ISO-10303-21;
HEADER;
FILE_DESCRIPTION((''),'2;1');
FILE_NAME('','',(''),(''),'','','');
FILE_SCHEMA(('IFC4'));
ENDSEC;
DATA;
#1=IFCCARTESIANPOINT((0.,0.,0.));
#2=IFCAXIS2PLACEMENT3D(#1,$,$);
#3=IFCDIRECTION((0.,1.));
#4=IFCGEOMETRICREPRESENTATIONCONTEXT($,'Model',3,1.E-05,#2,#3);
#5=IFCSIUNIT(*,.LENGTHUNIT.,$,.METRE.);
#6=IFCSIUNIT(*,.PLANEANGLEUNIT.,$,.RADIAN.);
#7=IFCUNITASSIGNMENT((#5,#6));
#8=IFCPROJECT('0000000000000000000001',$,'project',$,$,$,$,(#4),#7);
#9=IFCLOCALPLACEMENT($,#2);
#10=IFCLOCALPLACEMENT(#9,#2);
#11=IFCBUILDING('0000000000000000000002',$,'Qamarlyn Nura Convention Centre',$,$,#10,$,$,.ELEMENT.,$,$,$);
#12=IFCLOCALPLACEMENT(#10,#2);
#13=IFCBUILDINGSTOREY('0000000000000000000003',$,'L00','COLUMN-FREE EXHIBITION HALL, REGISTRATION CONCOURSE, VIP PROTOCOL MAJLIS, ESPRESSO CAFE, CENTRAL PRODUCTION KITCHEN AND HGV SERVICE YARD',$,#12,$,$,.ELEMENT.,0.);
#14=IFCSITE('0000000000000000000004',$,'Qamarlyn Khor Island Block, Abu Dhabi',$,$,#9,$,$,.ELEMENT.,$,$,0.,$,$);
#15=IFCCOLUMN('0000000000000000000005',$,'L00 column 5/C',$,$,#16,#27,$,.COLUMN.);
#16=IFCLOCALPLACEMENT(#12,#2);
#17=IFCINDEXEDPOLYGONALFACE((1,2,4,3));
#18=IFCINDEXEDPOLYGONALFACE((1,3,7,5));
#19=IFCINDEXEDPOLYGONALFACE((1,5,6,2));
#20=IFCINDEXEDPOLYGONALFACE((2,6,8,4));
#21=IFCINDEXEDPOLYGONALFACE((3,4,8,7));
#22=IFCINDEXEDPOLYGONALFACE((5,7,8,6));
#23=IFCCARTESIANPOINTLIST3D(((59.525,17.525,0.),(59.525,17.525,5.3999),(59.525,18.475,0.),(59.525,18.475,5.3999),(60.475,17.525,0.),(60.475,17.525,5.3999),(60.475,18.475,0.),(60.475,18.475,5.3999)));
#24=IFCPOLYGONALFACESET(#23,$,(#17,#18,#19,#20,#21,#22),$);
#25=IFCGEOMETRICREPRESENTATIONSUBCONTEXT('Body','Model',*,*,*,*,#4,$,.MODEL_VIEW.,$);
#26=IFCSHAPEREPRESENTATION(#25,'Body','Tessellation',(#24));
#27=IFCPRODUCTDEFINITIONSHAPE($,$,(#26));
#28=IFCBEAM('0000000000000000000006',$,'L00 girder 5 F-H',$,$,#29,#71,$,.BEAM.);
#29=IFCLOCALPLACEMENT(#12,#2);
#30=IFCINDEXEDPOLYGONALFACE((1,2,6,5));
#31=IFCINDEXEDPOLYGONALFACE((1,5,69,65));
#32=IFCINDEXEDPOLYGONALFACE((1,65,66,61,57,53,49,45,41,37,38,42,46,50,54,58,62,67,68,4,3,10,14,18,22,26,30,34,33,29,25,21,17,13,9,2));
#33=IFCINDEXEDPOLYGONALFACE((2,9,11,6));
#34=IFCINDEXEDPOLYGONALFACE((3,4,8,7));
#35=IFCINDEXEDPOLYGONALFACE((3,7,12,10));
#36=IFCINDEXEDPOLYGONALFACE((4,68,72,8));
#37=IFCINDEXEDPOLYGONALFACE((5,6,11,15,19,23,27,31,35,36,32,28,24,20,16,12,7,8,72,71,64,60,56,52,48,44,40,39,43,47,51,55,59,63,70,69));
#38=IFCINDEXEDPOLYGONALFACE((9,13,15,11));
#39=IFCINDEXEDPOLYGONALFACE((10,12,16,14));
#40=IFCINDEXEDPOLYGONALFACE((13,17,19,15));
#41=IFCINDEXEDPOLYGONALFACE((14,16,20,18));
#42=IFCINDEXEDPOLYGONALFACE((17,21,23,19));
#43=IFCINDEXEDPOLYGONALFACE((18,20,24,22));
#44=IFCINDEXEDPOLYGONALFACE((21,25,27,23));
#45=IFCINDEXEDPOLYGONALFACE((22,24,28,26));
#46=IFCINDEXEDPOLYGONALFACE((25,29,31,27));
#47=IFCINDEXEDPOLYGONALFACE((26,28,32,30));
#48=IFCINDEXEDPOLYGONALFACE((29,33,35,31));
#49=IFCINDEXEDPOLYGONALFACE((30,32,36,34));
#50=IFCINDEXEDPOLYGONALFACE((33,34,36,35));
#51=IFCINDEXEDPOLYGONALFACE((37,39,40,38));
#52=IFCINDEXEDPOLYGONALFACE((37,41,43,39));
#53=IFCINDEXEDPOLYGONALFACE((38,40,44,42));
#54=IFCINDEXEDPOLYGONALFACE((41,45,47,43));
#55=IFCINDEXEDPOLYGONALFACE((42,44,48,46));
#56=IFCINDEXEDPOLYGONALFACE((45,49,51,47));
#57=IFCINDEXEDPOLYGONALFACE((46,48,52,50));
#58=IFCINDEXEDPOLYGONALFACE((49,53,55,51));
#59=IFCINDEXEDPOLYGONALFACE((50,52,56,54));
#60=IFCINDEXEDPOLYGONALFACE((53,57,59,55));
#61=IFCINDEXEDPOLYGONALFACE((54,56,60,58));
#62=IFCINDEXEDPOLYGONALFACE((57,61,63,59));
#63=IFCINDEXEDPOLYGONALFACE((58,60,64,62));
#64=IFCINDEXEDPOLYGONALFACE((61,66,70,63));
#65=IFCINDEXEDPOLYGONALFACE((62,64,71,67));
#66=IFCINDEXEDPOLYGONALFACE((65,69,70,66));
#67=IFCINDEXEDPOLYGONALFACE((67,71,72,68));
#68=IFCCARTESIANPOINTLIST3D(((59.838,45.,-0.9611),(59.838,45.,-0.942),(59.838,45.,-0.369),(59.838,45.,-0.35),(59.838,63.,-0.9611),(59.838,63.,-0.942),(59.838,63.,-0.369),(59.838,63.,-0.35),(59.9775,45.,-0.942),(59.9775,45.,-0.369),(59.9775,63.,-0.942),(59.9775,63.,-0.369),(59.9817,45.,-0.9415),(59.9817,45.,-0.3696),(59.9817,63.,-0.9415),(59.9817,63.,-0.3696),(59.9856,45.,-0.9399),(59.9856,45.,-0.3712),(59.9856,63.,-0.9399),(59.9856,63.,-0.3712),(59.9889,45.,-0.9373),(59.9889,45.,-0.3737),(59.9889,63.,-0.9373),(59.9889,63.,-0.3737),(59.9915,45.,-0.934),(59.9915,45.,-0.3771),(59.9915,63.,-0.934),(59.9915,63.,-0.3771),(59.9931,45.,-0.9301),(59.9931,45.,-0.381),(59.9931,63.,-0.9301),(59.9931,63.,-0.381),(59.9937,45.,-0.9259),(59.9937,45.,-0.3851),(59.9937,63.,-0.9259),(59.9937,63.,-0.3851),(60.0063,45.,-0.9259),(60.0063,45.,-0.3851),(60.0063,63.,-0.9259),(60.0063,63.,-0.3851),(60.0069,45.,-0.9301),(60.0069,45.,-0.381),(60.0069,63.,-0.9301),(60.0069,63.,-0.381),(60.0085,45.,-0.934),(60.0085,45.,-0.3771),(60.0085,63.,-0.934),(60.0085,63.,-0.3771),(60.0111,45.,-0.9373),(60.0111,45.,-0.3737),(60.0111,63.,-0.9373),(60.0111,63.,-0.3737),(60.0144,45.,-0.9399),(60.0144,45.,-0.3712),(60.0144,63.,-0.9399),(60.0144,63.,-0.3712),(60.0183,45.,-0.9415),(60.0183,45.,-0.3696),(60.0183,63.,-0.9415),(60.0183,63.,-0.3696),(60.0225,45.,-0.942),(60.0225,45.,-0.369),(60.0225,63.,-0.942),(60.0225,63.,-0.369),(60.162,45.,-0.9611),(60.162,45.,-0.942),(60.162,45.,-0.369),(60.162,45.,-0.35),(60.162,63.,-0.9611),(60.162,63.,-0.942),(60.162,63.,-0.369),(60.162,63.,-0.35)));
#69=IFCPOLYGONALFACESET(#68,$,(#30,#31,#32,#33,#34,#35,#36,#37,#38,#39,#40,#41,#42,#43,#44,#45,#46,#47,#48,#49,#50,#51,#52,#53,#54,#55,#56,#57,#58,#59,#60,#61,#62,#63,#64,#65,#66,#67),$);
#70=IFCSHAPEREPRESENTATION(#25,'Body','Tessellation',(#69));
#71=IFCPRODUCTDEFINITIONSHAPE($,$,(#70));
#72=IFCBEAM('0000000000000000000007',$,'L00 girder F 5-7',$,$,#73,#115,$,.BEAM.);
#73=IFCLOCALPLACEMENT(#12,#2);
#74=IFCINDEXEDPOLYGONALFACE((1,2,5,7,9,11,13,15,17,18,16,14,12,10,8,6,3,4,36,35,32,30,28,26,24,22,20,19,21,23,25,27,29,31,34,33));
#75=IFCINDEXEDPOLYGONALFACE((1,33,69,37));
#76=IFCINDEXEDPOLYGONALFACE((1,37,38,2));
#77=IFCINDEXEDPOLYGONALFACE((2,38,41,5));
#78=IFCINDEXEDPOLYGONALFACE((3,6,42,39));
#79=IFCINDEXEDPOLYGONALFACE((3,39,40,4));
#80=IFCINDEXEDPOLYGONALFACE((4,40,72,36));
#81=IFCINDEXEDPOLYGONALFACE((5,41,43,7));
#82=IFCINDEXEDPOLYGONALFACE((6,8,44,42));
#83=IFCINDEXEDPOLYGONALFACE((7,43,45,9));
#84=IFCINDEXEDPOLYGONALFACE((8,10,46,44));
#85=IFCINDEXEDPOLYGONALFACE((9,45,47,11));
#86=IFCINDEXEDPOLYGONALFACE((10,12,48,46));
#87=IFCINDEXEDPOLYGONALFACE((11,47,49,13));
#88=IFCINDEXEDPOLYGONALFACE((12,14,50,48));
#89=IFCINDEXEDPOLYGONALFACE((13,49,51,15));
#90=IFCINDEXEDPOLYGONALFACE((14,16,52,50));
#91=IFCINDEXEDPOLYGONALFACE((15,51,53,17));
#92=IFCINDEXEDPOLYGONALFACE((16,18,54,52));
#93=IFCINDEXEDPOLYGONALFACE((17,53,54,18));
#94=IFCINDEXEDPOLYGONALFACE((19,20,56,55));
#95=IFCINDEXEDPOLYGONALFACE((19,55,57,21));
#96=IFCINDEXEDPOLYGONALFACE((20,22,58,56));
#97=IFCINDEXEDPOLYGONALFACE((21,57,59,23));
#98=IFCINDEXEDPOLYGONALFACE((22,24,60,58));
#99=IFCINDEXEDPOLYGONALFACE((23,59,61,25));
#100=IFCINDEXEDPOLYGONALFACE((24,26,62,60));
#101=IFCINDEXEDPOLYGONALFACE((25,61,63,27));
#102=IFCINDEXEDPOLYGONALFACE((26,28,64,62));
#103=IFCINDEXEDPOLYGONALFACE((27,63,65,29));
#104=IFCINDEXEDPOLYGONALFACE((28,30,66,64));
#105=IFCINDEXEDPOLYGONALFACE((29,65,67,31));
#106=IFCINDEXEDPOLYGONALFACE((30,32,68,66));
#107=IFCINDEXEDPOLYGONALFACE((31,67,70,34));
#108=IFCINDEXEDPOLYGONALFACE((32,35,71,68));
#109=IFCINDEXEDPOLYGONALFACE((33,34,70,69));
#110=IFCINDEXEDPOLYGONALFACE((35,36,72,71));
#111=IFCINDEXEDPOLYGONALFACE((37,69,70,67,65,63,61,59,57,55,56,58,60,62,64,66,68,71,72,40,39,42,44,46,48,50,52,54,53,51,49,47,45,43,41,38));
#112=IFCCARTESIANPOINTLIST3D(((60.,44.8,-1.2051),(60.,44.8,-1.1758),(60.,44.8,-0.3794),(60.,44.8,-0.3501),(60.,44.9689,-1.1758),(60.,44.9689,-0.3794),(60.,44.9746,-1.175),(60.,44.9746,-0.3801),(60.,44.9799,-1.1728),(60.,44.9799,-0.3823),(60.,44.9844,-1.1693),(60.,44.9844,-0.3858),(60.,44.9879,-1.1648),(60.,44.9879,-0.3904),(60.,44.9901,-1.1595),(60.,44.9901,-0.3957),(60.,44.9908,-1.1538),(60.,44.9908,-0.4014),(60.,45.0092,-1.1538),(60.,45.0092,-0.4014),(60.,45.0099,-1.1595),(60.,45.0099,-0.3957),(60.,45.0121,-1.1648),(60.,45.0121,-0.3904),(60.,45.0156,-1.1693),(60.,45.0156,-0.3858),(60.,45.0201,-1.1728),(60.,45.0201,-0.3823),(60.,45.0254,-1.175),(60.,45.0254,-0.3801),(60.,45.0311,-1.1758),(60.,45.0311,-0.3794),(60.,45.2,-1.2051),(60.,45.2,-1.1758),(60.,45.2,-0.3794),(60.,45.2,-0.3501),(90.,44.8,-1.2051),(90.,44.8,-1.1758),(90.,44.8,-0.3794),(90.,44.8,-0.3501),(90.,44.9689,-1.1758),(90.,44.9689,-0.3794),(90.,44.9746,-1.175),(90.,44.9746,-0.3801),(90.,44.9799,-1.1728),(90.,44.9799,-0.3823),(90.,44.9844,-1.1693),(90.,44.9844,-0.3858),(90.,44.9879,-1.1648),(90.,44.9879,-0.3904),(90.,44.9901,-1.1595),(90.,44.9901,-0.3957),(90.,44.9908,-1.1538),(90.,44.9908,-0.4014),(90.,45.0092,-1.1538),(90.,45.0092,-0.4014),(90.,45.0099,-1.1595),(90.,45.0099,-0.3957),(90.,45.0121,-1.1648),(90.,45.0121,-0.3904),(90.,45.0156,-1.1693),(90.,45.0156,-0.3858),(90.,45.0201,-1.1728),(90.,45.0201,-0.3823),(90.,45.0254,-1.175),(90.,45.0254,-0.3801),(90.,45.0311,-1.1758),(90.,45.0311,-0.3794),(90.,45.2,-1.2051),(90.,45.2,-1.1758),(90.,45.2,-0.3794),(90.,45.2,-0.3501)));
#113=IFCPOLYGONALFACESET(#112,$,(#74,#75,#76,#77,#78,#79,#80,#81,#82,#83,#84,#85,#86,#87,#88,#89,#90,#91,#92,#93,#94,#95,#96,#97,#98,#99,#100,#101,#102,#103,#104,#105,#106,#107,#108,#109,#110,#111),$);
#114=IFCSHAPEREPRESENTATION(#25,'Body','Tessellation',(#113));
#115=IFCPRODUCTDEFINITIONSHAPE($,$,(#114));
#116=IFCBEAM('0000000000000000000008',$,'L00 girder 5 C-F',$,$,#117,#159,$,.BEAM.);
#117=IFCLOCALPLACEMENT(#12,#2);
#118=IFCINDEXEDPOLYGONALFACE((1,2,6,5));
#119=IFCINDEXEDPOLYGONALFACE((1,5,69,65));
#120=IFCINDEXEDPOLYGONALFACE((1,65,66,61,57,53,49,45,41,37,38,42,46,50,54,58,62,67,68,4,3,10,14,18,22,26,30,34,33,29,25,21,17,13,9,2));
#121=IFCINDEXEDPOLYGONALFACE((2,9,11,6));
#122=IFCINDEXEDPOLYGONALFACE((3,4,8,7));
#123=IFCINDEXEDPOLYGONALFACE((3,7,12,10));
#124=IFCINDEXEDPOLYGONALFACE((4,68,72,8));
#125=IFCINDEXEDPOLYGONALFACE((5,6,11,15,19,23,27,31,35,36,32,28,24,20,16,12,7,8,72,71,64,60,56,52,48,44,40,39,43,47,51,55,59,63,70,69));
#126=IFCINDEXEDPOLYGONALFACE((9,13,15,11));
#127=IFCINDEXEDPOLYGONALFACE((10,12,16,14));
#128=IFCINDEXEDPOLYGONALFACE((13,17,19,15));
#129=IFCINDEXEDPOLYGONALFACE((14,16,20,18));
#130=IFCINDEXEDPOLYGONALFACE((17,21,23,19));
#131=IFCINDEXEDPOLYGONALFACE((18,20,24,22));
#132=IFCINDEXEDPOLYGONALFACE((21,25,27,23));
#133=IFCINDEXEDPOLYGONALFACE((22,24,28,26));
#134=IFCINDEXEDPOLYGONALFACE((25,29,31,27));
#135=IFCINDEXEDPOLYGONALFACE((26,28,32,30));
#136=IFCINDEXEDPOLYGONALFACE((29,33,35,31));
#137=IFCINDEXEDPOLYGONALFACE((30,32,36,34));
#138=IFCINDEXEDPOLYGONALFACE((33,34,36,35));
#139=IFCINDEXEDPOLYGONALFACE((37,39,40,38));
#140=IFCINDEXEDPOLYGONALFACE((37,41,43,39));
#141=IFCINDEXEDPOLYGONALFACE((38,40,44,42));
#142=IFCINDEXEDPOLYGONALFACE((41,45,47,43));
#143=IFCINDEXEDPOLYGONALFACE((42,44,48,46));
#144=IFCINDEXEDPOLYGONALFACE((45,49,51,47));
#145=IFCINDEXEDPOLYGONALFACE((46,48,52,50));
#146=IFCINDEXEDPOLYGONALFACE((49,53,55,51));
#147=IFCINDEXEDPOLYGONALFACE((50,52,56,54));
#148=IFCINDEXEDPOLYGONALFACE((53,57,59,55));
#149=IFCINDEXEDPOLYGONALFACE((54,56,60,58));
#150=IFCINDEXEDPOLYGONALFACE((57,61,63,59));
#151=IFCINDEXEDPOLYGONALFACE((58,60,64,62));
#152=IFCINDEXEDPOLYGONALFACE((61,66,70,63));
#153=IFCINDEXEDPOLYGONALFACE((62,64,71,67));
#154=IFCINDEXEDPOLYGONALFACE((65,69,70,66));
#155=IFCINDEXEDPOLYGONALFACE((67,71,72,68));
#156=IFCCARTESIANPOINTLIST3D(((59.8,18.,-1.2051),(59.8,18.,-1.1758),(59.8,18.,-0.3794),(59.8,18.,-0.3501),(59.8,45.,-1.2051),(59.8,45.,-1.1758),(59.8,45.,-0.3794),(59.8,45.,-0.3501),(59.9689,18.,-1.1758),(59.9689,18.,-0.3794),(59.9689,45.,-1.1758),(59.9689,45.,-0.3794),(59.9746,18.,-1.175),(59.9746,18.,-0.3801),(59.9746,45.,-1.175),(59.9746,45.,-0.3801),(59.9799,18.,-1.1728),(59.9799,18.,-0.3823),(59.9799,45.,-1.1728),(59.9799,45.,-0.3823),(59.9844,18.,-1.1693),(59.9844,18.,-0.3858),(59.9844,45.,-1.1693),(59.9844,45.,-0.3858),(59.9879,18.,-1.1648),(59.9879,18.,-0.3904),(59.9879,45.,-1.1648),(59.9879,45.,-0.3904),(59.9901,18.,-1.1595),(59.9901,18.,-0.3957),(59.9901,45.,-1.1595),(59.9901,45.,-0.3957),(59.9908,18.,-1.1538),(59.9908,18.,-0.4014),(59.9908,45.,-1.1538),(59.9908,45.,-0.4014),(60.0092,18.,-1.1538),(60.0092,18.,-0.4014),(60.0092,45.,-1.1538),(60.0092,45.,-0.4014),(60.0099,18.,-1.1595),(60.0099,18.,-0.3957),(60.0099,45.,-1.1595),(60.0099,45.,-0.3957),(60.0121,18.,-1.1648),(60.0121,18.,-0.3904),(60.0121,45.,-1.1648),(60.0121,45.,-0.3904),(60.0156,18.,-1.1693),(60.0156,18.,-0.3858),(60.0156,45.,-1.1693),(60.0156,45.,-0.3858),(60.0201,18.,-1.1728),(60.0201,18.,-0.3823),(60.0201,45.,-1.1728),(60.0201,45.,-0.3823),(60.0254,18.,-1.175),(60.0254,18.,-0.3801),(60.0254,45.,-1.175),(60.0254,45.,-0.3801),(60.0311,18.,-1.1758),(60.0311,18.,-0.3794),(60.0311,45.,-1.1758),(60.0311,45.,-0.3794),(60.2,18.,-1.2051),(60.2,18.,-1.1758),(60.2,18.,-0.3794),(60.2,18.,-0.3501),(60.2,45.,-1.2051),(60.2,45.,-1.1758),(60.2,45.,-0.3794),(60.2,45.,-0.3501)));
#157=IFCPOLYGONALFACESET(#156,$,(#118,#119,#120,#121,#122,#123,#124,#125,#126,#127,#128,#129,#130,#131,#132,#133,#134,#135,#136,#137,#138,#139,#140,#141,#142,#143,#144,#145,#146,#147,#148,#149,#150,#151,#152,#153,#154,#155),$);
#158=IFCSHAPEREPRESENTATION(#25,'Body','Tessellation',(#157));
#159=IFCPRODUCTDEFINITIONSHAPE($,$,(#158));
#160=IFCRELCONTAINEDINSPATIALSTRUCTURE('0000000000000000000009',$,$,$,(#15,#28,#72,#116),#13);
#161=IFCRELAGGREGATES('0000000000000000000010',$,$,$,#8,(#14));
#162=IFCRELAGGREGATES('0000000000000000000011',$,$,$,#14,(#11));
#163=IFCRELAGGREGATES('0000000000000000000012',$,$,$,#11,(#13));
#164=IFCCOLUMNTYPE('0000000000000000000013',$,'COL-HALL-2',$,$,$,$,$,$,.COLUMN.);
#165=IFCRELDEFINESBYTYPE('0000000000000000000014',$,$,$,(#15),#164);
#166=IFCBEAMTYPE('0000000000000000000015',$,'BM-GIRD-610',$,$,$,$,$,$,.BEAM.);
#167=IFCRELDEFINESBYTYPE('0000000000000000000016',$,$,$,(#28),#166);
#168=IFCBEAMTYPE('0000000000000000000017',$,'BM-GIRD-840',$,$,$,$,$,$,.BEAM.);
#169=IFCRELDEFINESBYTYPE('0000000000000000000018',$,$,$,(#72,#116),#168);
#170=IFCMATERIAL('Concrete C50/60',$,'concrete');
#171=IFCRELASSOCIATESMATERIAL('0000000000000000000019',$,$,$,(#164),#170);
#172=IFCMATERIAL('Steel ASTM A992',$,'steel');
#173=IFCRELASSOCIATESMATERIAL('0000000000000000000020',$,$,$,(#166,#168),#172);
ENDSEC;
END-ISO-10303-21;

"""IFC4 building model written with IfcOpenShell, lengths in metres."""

from ifc_helpers import new_model, si_unit, direction, frame, origin, origin_2d, place, context, subcontext, project, spatial, rectangle, i_section, extrude, material, material_profile, profile_set, type_object, element, save


model = new_model("IFC4")

# Units and contexts
model_context = context("Model", 3, precision=1e-05, world=origin(), true_north=direction((0.0, 1.0)))
body_context = subcontext(model_context, "Body", "Model", "MODEL_VIEW")
ifc_project = project(units=[si_unit("LENGTHUNIT", "METRE"), si_unit("PLANEANGLEUNIT", "RADIAN")], contexts=[model_context])

# Site, building, storey
site_placement = place(None, origin())
site = spatial("IfcSite", under=ifc_project, at=site_placement, Name="Qamarlyn Khor Island Block, Abu Dhabi", CompositionType="ELEMENT", RefElevation=0.0)
building_placement = place(site_placement, origin())
building = spatial("IfcBuilding", under=site, at=building_placement, Name="Qamarlyn Nura Convention Centre", CompositionType="ELEMENT")
storey_placement = place(building_placement, origin())
storey = spatial("IfcBuildingStorey", under=building, at=storey_placement, Name="L00", Description="COLUMN-FREE EXHIBITION HALL, REGISTRATION CONCOURSE, VIP PROTOCOL MAJLIS, ESPRESSO CAFE, CENTRAL PRODUCTION KITCHEN AND HGV SERVICE YARD", CompositionType="ELEMENT", Elevation=0.0)

# Column
ifc_material_1 = material(Name="Concrete C50/60", Category="concrete")
ifc_material_profile_1 = material_profile(ifc_material_1, rectangle(XDim=0.95, YDim=0.95, at=origin_2d()), Name="RC 950x950")
ifc_profile_set_1 = profile_set([ifc_material_profile_1], Name="Concrete C50/60")
column_type = type_object("IfcColumnType", Name="COL-HALL-2", PredefinedType="COLUMN", material=ifc_profile_set_1)
column_placement = place(storey_placement, frame((60.0, 18.0, 0.0), z_axis=(0.0, 0.0, 1.0), x_axis=(1.0, 0.0, 0.0)))
element("IfcColumn", 1, at=column_placement, inside=storey, type_object=column_type, Name="L00 column 5/C", PredefinedType="COLUMN", context=body_context, shape_type="SweptSolid", body=[
    extrude(rectangle(XDim=0.95, YDim=0.95, at=origin_2d()), origin(), (0.0, 0.0, 1.0), 5.3999),
])

# Beams
ifc_material_2 = material(Name="Steel ASTM A992", Category="steel")
ifc_material_profile_2 = material_profile(ifc_material_2, i_section(OverallWidth=0.324, OverallDepth=0.6111, WebThickness=0.0127, FlangeThickness=0.019, FilletRadius=0.0161, at=origin_2d()), Name="W610X155")
ifc_profile_set_2 = profile_set([ifc_material_profile_2], Name="Steel ASTM A992")
beam_type_1 = type_object("IfcBeamType", Name="BM-GIRD-610", PredefinedType="BEAM", material=ifc_profile_set_2)
beam_1_placement = place(storey_placement, frame((60.0, 45.0, -0.6555), z_axis=(0.0, 1.0, 0.0), x_axis=(-1.0, 0.0, 0.0)))
element("IfcBeam", 2, at=beam_1_placement, inside=storey, type_object=beam_type_1, Name="L00 girder 5 F-H", PredefinedType="BEAM", context=body_context, shape_type="SweptSolid", body=[
    extrude(i_section(OverallWidth=0.324, OverallDepth=0.6111, WebThickness=0.0127, FlangeThickness=0.019, FilletRadius=0.0161, at=origin_2d()), origin(), (0.0, 0.0, 1.0), 18.0),
])
ifc_material_profile_3 = material_profile(ifc_material_2, i_section(OverallWidth=0.3999, OverallDepth=0.855, WebThickness=0.0183, FlangeThickness=0.0293, FilletRadius=0.022, at=origin_2d()), Name="W840X299")
ifc_profile_set_3 = profile_set([ifc_material_profile_3], Name="Steel ASTM A992")
beam_type_2 = type_object("IfcBeamType", Name="BM-GIRD-840", PredefinedType="BEAM", material=ifc_profile_set_3)
beam_2_placement = place(storey_placement, frame((60.0, 45.0, -0.7776), z_axis=(1.0, 0.0, 0.0), x_axis=(0.0, 1.0, 0.0)))
element("IfcBeam", 3, at=beam_2_placement, inside=storey, type_object=beam_type_2, Name="L00 girder F 5-7", PredefinedType="BEAM", context=body_context, shape_type="SweptSolid", body=[
    extrude(i_section(OverallWidth=0.3999, OverallDepth=0.855, WebThickness=0.0183, FlangeThickness=0.0293, FilletRadius=0.022, at=origin_2d()), origin(), (0.0, 0.0, 1.0), 30.0),
])
beam_3_placement = place(storey_placement, frame((60.0, 18.0, -0.7776), z_axis=(0.0, 1.0, 0.0), x_axis=(-1.0, 0.0, 0.0)))
element("IfcBeam", 4, at=beam_3_placement, inside=storey, type_object=beam_type_2, Name="L00 girder 5 C-F", PredefinedType="BEAM", context=body_context, shape_type="SweptSolid", body=[
    extrude(i_section(OverallWidth=0.3999, OverallDepth=0.855, WebThickness=0.0183, FlangeThickness=0.0293, FilletRadius=0.022, at=origin_2d()), origin(), (0.0, 0.0, 1.0), 27.0),
])

save(model, "model.ifc")
